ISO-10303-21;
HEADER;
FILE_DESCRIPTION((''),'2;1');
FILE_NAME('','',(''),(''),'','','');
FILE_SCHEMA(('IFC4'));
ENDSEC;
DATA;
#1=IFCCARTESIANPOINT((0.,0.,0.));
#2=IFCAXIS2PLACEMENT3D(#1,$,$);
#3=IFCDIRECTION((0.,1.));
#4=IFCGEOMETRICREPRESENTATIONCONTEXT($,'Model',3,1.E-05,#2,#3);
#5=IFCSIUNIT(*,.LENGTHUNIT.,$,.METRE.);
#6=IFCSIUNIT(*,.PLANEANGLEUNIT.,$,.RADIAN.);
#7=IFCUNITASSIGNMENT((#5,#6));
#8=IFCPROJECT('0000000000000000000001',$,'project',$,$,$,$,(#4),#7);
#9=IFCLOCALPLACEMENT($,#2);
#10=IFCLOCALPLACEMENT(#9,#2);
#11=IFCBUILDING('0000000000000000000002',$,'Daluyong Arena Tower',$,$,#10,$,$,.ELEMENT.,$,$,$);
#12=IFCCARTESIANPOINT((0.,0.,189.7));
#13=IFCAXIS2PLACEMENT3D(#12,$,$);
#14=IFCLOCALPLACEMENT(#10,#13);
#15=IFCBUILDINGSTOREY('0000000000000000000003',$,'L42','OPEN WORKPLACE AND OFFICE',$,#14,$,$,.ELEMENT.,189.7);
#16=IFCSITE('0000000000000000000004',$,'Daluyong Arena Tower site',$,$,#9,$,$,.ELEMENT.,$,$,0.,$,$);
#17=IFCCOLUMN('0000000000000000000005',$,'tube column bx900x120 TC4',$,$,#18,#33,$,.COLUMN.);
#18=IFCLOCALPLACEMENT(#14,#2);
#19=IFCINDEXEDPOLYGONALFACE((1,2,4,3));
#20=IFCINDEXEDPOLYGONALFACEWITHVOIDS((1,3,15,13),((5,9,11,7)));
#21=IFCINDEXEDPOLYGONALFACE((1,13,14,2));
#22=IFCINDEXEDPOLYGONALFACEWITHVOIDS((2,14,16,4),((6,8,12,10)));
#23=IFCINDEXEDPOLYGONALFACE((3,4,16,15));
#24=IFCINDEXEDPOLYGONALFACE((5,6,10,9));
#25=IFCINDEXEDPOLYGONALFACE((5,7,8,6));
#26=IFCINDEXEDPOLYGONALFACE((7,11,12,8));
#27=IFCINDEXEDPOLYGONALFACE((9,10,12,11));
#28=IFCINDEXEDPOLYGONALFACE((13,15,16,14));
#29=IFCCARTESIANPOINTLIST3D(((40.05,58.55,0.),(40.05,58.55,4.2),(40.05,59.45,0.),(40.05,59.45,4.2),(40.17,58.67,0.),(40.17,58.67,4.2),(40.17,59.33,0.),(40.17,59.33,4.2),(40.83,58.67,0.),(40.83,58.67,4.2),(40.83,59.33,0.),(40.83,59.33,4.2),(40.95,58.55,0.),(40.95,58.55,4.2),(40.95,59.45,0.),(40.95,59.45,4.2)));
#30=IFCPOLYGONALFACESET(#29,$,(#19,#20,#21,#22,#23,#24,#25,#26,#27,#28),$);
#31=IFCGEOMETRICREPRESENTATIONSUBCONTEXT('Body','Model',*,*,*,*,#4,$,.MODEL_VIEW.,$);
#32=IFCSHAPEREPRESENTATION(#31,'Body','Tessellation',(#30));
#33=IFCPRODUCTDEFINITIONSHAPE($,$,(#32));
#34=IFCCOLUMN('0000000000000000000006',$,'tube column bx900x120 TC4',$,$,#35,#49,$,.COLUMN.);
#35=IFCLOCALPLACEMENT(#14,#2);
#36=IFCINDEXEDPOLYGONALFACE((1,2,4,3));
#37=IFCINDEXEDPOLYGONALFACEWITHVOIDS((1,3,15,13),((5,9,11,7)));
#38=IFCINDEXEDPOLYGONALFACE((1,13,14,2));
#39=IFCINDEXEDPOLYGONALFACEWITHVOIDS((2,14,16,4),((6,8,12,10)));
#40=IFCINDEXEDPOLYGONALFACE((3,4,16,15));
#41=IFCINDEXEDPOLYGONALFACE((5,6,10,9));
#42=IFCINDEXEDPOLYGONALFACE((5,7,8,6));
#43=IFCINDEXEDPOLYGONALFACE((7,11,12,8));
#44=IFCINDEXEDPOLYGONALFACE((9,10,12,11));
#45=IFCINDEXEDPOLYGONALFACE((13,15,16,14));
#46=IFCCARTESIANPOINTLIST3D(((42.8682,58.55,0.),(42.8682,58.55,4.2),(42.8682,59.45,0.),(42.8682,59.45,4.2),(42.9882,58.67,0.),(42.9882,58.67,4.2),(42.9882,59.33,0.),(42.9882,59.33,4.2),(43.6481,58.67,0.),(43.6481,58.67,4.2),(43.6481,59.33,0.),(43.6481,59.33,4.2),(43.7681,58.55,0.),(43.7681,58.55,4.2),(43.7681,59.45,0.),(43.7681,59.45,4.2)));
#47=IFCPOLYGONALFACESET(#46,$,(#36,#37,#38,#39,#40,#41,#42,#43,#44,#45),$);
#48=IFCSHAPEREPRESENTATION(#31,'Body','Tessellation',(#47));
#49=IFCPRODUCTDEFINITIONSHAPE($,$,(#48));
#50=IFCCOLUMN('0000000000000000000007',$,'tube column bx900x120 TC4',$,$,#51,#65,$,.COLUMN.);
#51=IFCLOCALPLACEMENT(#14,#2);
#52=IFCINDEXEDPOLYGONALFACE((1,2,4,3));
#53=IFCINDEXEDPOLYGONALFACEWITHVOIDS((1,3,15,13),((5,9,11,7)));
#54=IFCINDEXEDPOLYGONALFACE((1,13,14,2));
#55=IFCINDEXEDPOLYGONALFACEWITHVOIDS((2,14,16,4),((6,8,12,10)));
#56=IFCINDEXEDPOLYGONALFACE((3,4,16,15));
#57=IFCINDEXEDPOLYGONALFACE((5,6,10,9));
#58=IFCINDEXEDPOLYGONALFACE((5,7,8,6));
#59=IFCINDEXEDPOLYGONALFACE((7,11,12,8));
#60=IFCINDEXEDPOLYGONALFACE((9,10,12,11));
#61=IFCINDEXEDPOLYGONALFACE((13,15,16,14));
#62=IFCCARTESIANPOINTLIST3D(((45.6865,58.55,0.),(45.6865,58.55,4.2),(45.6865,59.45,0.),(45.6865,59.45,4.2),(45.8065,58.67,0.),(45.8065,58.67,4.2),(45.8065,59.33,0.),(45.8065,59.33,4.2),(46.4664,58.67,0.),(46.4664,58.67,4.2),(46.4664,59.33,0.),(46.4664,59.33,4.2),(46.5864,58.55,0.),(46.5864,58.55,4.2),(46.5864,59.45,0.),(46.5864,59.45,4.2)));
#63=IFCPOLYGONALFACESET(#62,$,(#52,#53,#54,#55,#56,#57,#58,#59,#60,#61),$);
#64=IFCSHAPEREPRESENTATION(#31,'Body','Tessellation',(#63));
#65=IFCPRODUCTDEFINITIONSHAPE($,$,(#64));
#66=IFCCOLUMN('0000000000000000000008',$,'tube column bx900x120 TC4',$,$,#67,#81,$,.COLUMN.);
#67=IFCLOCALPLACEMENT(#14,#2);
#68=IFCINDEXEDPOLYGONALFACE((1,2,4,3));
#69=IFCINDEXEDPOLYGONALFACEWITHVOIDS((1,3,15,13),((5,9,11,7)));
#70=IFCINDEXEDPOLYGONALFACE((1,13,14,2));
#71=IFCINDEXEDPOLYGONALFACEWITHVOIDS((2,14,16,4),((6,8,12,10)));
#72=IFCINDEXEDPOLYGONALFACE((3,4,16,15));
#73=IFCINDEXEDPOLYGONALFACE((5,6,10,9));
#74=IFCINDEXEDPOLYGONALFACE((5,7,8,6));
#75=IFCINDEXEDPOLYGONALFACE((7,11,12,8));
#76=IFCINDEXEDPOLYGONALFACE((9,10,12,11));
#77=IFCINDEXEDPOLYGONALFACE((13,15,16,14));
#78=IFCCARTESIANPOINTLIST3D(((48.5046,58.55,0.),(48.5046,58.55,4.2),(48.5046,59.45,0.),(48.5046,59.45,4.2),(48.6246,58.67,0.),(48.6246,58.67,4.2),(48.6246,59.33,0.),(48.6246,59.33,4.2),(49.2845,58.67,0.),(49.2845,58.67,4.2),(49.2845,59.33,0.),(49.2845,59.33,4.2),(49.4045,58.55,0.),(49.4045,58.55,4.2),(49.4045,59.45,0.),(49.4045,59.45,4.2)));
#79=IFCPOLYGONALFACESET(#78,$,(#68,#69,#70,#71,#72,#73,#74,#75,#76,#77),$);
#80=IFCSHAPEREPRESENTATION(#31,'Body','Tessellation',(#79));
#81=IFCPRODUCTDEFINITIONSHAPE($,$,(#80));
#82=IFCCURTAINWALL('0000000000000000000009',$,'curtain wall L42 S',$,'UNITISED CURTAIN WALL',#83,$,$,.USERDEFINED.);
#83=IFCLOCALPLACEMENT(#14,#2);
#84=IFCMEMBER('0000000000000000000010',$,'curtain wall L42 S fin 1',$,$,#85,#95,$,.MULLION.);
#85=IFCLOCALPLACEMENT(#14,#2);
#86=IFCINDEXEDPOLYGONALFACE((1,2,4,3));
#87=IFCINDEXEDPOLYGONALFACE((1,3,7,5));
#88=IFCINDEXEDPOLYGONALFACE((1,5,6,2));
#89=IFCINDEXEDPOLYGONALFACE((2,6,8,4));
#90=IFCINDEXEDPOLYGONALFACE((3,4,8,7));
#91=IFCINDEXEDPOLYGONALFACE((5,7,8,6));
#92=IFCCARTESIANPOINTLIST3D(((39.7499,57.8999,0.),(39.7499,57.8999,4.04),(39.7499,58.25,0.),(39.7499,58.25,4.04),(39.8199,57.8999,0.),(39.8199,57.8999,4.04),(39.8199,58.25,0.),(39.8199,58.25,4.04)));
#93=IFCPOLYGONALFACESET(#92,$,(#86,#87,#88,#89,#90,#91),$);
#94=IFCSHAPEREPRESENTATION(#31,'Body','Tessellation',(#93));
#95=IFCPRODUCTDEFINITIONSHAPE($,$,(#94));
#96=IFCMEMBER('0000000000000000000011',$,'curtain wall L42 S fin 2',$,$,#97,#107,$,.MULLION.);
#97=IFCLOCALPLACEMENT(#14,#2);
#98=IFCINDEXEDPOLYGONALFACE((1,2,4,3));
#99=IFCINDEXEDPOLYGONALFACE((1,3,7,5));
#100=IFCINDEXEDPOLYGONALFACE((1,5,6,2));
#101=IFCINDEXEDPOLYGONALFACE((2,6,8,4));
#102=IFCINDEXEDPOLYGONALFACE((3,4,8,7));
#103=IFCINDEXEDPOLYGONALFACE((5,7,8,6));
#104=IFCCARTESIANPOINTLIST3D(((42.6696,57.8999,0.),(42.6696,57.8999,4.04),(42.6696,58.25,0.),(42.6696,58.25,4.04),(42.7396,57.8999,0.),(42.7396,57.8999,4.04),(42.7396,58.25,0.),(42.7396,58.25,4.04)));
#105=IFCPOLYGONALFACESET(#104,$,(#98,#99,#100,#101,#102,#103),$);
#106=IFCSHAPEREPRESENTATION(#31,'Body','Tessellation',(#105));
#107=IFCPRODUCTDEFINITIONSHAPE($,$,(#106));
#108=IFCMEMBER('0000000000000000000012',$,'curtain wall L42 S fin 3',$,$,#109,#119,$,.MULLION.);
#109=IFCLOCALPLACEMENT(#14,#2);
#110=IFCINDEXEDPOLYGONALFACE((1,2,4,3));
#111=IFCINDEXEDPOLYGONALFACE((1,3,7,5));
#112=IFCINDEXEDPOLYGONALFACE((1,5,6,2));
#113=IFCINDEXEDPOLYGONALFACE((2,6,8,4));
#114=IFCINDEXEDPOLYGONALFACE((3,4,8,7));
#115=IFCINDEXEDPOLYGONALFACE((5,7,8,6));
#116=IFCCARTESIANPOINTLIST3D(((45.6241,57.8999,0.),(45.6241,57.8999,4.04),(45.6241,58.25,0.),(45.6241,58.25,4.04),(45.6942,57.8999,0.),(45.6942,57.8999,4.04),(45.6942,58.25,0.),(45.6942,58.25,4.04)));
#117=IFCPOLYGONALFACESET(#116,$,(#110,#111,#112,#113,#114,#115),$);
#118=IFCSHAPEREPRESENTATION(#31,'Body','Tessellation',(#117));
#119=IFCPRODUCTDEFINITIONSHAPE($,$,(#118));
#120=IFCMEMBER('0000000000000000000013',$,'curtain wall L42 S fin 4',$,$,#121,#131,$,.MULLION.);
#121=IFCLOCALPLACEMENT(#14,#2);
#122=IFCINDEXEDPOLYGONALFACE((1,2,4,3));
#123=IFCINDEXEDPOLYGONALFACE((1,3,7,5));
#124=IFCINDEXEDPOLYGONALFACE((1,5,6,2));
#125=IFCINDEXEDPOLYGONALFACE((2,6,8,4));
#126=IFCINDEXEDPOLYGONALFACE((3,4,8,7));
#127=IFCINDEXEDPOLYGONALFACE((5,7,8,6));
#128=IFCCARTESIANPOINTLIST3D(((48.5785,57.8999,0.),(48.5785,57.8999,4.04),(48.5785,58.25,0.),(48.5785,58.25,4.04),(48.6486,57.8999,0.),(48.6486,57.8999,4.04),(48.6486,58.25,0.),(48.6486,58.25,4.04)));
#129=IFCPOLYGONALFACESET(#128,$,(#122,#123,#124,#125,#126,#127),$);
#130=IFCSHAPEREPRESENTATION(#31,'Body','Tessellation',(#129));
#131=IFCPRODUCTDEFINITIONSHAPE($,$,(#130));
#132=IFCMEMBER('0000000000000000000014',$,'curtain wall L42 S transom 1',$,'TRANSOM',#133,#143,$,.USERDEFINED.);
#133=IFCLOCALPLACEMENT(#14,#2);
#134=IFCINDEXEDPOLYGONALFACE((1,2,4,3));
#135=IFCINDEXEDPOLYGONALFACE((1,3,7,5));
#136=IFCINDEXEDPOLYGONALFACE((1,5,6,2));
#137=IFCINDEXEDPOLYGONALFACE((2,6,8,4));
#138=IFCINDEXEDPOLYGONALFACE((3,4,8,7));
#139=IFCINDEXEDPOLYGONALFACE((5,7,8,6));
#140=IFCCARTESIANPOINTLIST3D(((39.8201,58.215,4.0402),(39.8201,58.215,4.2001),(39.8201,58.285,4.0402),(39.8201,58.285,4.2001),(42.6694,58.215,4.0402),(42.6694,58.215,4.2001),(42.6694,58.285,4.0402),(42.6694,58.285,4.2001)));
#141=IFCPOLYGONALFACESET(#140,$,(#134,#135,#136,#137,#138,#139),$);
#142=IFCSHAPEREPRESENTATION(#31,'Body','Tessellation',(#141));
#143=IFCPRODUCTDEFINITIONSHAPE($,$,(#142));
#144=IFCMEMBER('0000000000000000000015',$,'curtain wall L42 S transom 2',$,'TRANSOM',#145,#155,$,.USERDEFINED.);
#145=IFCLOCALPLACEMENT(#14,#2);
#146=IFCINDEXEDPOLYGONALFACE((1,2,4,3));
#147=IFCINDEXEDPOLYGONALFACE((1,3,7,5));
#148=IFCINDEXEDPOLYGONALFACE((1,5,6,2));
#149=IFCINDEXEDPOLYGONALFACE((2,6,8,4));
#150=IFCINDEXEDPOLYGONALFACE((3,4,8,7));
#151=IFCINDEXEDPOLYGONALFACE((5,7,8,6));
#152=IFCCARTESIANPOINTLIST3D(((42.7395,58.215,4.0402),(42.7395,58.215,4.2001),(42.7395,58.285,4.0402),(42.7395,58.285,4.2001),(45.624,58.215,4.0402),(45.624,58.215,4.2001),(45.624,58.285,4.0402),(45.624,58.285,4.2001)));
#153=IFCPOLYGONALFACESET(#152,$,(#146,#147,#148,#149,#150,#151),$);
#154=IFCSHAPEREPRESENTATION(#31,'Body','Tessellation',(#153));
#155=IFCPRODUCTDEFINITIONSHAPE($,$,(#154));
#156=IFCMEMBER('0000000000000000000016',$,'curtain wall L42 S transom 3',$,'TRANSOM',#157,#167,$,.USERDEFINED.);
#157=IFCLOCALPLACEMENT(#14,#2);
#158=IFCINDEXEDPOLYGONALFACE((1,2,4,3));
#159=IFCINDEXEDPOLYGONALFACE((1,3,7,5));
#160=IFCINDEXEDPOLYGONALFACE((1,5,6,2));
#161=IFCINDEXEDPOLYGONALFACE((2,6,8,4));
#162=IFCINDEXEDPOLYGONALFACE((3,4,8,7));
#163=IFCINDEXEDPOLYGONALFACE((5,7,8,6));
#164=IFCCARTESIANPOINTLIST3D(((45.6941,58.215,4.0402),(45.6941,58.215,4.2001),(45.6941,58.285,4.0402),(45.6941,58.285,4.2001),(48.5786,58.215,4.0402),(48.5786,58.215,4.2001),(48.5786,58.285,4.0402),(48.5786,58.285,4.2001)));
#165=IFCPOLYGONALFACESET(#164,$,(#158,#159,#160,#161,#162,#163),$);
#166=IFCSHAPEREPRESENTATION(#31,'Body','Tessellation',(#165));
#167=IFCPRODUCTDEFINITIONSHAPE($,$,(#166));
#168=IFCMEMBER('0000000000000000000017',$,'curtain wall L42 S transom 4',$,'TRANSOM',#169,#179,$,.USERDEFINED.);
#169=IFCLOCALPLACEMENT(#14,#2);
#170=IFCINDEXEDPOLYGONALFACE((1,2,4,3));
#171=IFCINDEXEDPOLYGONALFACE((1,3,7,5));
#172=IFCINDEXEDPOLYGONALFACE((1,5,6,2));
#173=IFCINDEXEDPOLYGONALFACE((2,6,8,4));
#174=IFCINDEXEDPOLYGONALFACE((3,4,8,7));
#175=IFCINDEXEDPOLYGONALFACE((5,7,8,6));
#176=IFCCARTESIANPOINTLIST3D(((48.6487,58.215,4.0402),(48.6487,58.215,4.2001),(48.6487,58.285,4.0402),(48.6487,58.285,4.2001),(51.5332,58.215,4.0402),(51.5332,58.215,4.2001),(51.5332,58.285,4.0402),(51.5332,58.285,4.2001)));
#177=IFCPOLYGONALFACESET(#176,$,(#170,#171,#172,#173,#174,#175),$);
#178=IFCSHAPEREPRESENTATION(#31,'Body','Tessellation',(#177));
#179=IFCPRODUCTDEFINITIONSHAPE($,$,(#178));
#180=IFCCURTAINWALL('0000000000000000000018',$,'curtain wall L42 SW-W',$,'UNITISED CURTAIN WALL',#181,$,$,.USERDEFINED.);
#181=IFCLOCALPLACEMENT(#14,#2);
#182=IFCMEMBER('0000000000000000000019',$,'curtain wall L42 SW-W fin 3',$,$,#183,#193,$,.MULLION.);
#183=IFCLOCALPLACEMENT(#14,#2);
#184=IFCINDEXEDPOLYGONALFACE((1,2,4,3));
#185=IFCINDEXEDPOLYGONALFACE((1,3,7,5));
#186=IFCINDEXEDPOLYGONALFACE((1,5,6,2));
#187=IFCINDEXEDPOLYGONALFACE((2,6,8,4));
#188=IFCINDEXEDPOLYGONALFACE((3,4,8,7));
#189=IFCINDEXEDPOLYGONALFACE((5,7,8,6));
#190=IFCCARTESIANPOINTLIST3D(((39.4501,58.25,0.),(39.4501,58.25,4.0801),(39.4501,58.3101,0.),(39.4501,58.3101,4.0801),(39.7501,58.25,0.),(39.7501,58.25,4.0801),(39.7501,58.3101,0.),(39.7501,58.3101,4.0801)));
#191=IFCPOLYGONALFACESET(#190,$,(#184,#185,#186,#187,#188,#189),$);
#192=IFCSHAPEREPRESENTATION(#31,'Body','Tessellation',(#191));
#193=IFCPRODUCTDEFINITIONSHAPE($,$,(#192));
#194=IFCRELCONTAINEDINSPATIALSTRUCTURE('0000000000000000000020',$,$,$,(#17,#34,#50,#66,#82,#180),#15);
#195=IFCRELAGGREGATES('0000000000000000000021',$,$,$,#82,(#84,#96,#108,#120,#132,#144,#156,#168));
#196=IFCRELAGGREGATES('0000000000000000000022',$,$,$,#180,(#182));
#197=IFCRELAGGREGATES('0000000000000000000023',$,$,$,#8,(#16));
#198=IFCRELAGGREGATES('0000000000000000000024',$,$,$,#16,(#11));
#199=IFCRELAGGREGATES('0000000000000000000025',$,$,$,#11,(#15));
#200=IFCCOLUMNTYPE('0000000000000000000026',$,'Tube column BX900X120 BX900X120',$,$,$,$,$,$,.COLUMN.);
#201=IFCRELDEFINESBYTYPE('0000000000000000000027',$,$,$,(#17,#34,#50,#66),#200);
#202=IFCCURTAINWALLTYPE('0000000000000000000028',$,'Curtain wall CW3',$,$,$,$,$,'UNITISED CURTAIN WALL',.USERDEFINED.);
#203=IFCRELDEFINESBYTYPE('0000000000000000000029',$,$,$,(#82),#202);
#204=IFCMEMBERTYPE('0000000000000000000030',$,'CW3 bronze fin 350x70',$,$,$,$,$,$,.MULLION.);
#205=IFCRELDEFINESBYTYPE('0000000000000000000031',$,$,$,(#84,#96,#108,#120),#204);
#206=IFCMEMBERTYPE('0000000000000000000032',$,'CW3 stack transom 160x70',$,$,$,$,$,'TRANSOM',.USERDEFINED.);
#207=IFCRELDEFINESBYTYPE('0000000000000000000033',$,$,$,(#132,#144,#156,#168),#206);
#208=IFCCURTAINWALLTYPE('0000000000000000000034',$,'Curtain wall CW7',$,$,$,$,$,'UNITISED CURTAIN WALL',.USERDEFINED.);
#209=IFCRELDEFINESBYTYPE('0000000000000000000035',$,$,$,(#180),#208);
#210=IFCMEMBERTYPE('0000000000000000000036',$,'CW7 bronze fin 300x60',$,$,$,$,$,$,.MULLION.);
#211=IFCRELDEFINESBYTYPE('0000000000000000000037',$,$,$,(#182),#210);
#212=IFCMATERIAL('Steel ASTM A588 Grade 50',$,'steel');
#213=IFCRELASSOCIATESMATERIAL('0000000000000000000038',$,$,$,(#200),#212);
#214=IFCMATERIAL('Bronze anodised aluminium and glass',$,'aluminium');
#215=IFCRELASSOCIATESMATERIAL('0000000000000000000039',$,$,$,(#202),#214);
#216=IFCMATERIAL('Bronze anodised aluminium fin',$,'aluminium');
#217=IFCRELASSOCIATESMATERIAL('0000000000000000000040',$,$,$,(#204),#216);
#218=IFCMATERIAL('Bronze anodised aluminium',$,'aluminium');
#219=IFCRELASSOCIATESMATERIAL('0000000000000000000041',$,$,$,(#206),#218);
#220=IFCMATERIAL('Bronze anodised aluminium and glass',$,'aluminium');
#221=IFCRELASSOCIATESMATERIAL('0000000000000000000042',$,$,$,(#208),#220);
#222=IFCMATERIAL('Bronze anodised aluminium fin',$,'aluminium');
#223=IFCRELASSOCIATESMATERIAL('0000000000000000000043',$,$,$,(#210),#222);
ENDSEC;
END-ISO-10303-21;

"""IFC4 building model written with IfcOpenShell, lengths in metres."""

from ifc_helpers import new_model, si_unit, direction, frame, origin, origin_2d, place, context, subcontext, project, spatial, rectangle, hollow_rectangle, extrude, material, material_profile, profile_set, type_object, element, aggregate, save


model = new_model("IFC4")

# Units and contexts
model_context = context("Model", 3, precision=1e-05, world=origin(), true_north=direction((0.0, 1.0)))
body_context = subcontext(model_context, "Body", "Model", "MODEL_VIEW")
ifc_project = project(units=[si_unit("LENGTHUNIT", "METRE"), si_unit("PLANEANGLEUNIT", "RADIAN")], contexts=[model_context])

# Site, building, storey
site_placement = place(None, origin())
site = spatial("IfcSite", under=ifc_project, at=site_placement, Name="Daluyong Arena Tower site", CompositionType="ELEMENT", RefElevation=0.0)
building_placement = place(site_placement, origin())
building = spatial("IfcBuilding", under=site, at=building_placement, Name="Daluyong Arena Tower", CompositionType="ELEMENT")
storey_placement = place(building_placement, frame((0.0, 0.0, 189.7)))
storey = spatial("IfcBuildingStorey", under=building, at=storey_placement, Name="L42", Description="OPEN WORKPLACE AND OFFICE", CompositionType="ELEMENT", Elevation=189.7)

# Columns
ifc_material_1 = material(Name="Steel ASTM A588 Grade 50", Category="steel")
ifc_material_profile_1 = material_profile(ifc_material_1, hollow_rectangle(XDim=0.8999, YDim=0.8999, WallThickness=0.12, at=origin_2d()))
ifc_profile_set_1 = profile_set([ifc_material_profile_1], Name="Steel ASTM A588 Grade 50")
column_type = type_object("IfcColumnType", Name="Tube column BX900X120 BX900X120", PredefinedType="COLUMN", material=ifc_profile_set_1)
for number, where, z_axis, x_axis, name in (
    (1, (40.5, 59.0, 0.0), (0.0, 0.0, 1.0), (1.0, 0.0, 0.0), "tube column bx900x120 TC4"),
    (2, (43.3181, 59.0, 0.0), (0.0, 0.0, 1.0), (1.0, 0.0, 0.0), "tube column bx900x120 TC4"),
    (3, (46.1365, 59.0, 0.0), (0.0, 0.0, 1.0), (1.0, 0.0, 0.0), "tube column bx900x120 TC4"),
    (4, (48.9546, 59.0, 0.0), (0.0, 0.0, 1.0), (1.0, 0.0, 0.0), "tube column bx900x120 TC4"),
):
    element("IfcColumn", number, at=place(storey_placement, frame(where, z_axis=z_axis, x_axis=x_axis)), inside=storey, type_object=column_type, Name=name, PredefinedType="COLUMN", context=body_context, shape_type="SweptSolid", body=[
        extrude(hollow_rectangle(XDim=0.8999, YDim=0.8999, WallThickness=0.12, at=origin_2d()), origin(), (0.0, 0.0, 1.0), 4.2),
    ])

# Curtain wall, members
ifc_material_2 = material(Name="Bronze anodised aluminium and glass", Category="aluminium")
curtain_wall_type_1 = type_object("IfcCurtainWallType", Name="Curtain wall CW3", ElementType="UNITISED CURTAIN WALL", PredefinedType="USERDEFINED", material=ifc_material_2)
curtain_wall_1_placement = place(storey_placement, origin())
curtain_wall_1 = element("IfcCurtainWall", 5, at=curtain_wall_1_placement, inside=storey, type_object=curtain_wall_type_1, Name="curtain wall L42 S", ObjectType="UNITISED CURTAIN WALL", PredefinedType="USERDEFINED")
ifc_material_3 = material(Name="Bronze anodised aluminium fin", Category="aluminium")
ifc_material_profile_2 = material_profile(ifc_material_3, rectangle(XDim=0.3501, YDim=0.0701, at=origin_2d()))
ifc_profile_set_2 = profile_set([ifc_material_profile_2], Name="Bronze anodised aluminium fin")
member_type_1 = type_object("IfcMemberType", Name="CW3 bronze fin 350x70", PredefinedType="MULLION", material=ifc_profile_set_2)
member_1_placement = place(storey_placement, frame((39.7849, 58.075, 0.0), z_axis=(0.0, 0.0, 1.0), x_axis=(0.0, 1.0, 0.0)))
member_1 = element("IfcMember", 6, at=member_1_placement, type_object=member_type_1, Name="curtain wall L42 S fin 1", PredefinedType="MULLION", context=body_context, shape_type="SweptSolid", body=[
    extrude(rectangle(XDim=0.3501, YDim=0.0701, at=origin_2d()), origin(), (0.0, 0.0, 1.0), 4.04),
])
member_2_placement = place(storey_placement, frame((42.7046, 58.075, 0.0), z_axis=(0.0, 0.0, 1.0), x_axis=(0.0, 1.0, 0.0)))
member_2 = element("IfcMember", 7, at=member_2_placement, type_object=member_type_1, Name="curtain wall L42 S fin 2", PredefinedType="MULLION", context=body_context, shape_type="SweptSolid", body=[
    extrude(rectangle(XDim=0.3501, YDim=0.0701, at=origin_2d()), origin(), (0.0, 0.0, 1.0), 4.04),
])
member_3_placement = place(storey_placement, frame((45.6592, 58.075, 0.0), z_axis=(0.0, 0.0, 1.0), x_axis=(0.0, 1.0, 0.0)))
member_3 = element("IfcMember", 8, at=member_3_placement, type_object=member_type_1, Name="curtain wall L42 S fin 3", PredefinedType="MULLION", context=body_context, shape_type="SweptSolid", body=[
    extrude(rectangle(XDim=0.3501, YDim=0.0701, at=origin_2d()), origin(), (0.0, 0.0, 1.0), 4.04),
])
member_4_placement = place(storey_placement, frame((48.6135, 58.075, 0.0), z_axis=(0.0, 0.0, 1.0), x_axis=(0.0, 1.0, 0.0)))
member_4 = element("IfcMember", 9, at=member_4_placement, type_object=member_type_1, Name="curtain wall L42 S fin 4", PredefinedType="MULLION", context=body_context, shape_type="SweptSolid", body=[
    extrude(rectangle(XDim=0.3501, YDim=0.0701, at=origin_2d()), origin(), (0.0, 0.0, 1.0), 4.04),
])
ifc_material_4 = material(Name="Bronze anodised aluminium", Category="aluminium")
ifc_material_profile_3 = material_profile(ifc_material_4, rectangle(XDim=0.0701, YDim=0.1599, at=origin_2d()))
ifc_profile_set_3 = profile_set([ifc_material_profile_3], Name="Bronze anodised aluminium")
member_type_2 = type_object("IfcMemberType", Name="CW3 stack transom 160x70", ElementType="TRANSOM", PredefinedType="USERDEFINED", material=ifc_profile_set_3)
member_5_placement = place(storey_placement, frame((39.8201, 58.25, 4.1201), z_axis=(1.0, 0.0, 0.0), x_axis=(0.0, 1.0, 0.0)))
member_5 = element("IfcMember", 10, at=member_5_placement, type_object=member_type_2, Name="curtain wall L42 S transom 1", ObjectType="TRANSOM", PredefinedType="USERDEFINED", context=body_context, shape_type="SweptSolid", body=[
    extrude(rectangle(XDim=0.0701, YDim=0.1599, at=origin_2d()), origin(), (0.0, 0.0, 1.0), 2.8494),
])
member_6_placement = place(storey_placement, frame((42.7395, 58.25, 4.1201), z_axis=(1.0, 0.0, 0.0), x_axis=(0.0, 1.0, 0.0)))
member_6 = element("IfcMember", 11, at=member_6_placement, type_object=member_type_2, Name="curtain wall L42 S transom 2", ObjectType="TRANSOM", PredefinedType="USERDEFINED", context=body_context, shape_type="SweptSolid", body=[
    extrude(rectangle(XDim=0.0701, YDim=0.1599, at=origin_2d()), origin(), (0.0, 0.0, 1.0), 2.8845),
])
member_7_placement = place(storey_placement, frame((45.6941, 58.25, 4.1201), z_axis=(1.0, 0.0, 0.0), x_axis=(0.0, 1.0, 0.0)))
member_7 = element("IfcMember", 12, at=member_7_placement, type_object=member_type_2, Name="curtain wall L42 S transom 3", ObjectType="TRANSOM", PredefinedType="USERDEFINED", context=body_context, shape_type="SweptSolid", body=[
    extrude(rectangle(XDim=0.0701, YDim=0.1599, at=origin_2d()), origin(), (0.0, 0.0, 1.0), 2.8845),
])
member_8_placement = place(storey_placement, frame((48.6487, 58.25, 4.1201), z_axis=(1.0, 0.0, 0.0), x_axis=(0.0, 1.0, 0.0)))
member_8 = element("IfcMember", 13, at=member_8_placement, type_object=member_type_2, Name="curtain wall L42 S transom 4", ObjectType="TRANSOM", PredefinedType="USERDEFINED", context=body_context, shape_type="SweptSolid", body=[
    extrude(rectangle(XDim=0.0701, YDim=0.1599, at=origin_2d()), origin(), (0.0, 0.0, 1.0), 2.8845),
])

# Curtain wall, member
ifc_material_5 = material(Name="Bronze anodised aluminium and glass", Category="aluminium")
curtain_wall_type_2 = type_object("IfcCurtainWallType", Name="Curtain wall CW7", ElementType="UNITISED CURTAIN WALL", PredefinedType="USERDEFINED", material=ifc_material_5)
curtain_wall_2_placement = place(storey_placement, origin())
curtain_wall_2 = element("IfcCurtainWall", 14, at=curtain_wall_2_placement, inside=storey, type_object=curtain_wall_type_2, Name="curtain wall L42 SW-W", ObjectType="UNITISED CURTAIN WALL", PredefinedType="USERDEFINED")
ifc_material_6 = material(Name="Bronze anodised aluminium fin", Category="aluminium")
ifc_material_profile_4 = material_profile(ifc_material_6, rectangle(XDim=0.3, YDim=0.0601, at=origin_2d()))
ifc_profile_set_4 = profile_set([ifc_material_profile_4], Name="Bronze anodised aluminium fin")
member_type_3 = type_object("IfcMemberType", Name="CW7 bronze fin 300x60", PredefinedType="MULLION", material=ifc_profile_set_4)
member_9_placement = place(storey_placement, frame((39.6001, 58.28, 0.0), z_axis=(0.0, 0.0, 1.0), x_axis=(1.0, 0.0, 0.0)))
member_9 = element("IfcMember", 15, at=member_9_placement, type_object=member_type_3, Name="curtain wall L42 SW-W fin 3", PredefinedType="MULLION", context=body_context, shape_type="SweptSolid", body=[
    extrude(rectangle(XDim=0.3, YDim=0.0601, at=origin_2d()), origin(), (0.0, 0.0, 1.0), 4.0801),
])

aggregate(curtain_wall_1, [member_1, member_2, member_3, member_4, member_5, member_6, member_7, member_8])
aggregate(curtain_wall_2, [member_9])

save(model, "model.ifc")
